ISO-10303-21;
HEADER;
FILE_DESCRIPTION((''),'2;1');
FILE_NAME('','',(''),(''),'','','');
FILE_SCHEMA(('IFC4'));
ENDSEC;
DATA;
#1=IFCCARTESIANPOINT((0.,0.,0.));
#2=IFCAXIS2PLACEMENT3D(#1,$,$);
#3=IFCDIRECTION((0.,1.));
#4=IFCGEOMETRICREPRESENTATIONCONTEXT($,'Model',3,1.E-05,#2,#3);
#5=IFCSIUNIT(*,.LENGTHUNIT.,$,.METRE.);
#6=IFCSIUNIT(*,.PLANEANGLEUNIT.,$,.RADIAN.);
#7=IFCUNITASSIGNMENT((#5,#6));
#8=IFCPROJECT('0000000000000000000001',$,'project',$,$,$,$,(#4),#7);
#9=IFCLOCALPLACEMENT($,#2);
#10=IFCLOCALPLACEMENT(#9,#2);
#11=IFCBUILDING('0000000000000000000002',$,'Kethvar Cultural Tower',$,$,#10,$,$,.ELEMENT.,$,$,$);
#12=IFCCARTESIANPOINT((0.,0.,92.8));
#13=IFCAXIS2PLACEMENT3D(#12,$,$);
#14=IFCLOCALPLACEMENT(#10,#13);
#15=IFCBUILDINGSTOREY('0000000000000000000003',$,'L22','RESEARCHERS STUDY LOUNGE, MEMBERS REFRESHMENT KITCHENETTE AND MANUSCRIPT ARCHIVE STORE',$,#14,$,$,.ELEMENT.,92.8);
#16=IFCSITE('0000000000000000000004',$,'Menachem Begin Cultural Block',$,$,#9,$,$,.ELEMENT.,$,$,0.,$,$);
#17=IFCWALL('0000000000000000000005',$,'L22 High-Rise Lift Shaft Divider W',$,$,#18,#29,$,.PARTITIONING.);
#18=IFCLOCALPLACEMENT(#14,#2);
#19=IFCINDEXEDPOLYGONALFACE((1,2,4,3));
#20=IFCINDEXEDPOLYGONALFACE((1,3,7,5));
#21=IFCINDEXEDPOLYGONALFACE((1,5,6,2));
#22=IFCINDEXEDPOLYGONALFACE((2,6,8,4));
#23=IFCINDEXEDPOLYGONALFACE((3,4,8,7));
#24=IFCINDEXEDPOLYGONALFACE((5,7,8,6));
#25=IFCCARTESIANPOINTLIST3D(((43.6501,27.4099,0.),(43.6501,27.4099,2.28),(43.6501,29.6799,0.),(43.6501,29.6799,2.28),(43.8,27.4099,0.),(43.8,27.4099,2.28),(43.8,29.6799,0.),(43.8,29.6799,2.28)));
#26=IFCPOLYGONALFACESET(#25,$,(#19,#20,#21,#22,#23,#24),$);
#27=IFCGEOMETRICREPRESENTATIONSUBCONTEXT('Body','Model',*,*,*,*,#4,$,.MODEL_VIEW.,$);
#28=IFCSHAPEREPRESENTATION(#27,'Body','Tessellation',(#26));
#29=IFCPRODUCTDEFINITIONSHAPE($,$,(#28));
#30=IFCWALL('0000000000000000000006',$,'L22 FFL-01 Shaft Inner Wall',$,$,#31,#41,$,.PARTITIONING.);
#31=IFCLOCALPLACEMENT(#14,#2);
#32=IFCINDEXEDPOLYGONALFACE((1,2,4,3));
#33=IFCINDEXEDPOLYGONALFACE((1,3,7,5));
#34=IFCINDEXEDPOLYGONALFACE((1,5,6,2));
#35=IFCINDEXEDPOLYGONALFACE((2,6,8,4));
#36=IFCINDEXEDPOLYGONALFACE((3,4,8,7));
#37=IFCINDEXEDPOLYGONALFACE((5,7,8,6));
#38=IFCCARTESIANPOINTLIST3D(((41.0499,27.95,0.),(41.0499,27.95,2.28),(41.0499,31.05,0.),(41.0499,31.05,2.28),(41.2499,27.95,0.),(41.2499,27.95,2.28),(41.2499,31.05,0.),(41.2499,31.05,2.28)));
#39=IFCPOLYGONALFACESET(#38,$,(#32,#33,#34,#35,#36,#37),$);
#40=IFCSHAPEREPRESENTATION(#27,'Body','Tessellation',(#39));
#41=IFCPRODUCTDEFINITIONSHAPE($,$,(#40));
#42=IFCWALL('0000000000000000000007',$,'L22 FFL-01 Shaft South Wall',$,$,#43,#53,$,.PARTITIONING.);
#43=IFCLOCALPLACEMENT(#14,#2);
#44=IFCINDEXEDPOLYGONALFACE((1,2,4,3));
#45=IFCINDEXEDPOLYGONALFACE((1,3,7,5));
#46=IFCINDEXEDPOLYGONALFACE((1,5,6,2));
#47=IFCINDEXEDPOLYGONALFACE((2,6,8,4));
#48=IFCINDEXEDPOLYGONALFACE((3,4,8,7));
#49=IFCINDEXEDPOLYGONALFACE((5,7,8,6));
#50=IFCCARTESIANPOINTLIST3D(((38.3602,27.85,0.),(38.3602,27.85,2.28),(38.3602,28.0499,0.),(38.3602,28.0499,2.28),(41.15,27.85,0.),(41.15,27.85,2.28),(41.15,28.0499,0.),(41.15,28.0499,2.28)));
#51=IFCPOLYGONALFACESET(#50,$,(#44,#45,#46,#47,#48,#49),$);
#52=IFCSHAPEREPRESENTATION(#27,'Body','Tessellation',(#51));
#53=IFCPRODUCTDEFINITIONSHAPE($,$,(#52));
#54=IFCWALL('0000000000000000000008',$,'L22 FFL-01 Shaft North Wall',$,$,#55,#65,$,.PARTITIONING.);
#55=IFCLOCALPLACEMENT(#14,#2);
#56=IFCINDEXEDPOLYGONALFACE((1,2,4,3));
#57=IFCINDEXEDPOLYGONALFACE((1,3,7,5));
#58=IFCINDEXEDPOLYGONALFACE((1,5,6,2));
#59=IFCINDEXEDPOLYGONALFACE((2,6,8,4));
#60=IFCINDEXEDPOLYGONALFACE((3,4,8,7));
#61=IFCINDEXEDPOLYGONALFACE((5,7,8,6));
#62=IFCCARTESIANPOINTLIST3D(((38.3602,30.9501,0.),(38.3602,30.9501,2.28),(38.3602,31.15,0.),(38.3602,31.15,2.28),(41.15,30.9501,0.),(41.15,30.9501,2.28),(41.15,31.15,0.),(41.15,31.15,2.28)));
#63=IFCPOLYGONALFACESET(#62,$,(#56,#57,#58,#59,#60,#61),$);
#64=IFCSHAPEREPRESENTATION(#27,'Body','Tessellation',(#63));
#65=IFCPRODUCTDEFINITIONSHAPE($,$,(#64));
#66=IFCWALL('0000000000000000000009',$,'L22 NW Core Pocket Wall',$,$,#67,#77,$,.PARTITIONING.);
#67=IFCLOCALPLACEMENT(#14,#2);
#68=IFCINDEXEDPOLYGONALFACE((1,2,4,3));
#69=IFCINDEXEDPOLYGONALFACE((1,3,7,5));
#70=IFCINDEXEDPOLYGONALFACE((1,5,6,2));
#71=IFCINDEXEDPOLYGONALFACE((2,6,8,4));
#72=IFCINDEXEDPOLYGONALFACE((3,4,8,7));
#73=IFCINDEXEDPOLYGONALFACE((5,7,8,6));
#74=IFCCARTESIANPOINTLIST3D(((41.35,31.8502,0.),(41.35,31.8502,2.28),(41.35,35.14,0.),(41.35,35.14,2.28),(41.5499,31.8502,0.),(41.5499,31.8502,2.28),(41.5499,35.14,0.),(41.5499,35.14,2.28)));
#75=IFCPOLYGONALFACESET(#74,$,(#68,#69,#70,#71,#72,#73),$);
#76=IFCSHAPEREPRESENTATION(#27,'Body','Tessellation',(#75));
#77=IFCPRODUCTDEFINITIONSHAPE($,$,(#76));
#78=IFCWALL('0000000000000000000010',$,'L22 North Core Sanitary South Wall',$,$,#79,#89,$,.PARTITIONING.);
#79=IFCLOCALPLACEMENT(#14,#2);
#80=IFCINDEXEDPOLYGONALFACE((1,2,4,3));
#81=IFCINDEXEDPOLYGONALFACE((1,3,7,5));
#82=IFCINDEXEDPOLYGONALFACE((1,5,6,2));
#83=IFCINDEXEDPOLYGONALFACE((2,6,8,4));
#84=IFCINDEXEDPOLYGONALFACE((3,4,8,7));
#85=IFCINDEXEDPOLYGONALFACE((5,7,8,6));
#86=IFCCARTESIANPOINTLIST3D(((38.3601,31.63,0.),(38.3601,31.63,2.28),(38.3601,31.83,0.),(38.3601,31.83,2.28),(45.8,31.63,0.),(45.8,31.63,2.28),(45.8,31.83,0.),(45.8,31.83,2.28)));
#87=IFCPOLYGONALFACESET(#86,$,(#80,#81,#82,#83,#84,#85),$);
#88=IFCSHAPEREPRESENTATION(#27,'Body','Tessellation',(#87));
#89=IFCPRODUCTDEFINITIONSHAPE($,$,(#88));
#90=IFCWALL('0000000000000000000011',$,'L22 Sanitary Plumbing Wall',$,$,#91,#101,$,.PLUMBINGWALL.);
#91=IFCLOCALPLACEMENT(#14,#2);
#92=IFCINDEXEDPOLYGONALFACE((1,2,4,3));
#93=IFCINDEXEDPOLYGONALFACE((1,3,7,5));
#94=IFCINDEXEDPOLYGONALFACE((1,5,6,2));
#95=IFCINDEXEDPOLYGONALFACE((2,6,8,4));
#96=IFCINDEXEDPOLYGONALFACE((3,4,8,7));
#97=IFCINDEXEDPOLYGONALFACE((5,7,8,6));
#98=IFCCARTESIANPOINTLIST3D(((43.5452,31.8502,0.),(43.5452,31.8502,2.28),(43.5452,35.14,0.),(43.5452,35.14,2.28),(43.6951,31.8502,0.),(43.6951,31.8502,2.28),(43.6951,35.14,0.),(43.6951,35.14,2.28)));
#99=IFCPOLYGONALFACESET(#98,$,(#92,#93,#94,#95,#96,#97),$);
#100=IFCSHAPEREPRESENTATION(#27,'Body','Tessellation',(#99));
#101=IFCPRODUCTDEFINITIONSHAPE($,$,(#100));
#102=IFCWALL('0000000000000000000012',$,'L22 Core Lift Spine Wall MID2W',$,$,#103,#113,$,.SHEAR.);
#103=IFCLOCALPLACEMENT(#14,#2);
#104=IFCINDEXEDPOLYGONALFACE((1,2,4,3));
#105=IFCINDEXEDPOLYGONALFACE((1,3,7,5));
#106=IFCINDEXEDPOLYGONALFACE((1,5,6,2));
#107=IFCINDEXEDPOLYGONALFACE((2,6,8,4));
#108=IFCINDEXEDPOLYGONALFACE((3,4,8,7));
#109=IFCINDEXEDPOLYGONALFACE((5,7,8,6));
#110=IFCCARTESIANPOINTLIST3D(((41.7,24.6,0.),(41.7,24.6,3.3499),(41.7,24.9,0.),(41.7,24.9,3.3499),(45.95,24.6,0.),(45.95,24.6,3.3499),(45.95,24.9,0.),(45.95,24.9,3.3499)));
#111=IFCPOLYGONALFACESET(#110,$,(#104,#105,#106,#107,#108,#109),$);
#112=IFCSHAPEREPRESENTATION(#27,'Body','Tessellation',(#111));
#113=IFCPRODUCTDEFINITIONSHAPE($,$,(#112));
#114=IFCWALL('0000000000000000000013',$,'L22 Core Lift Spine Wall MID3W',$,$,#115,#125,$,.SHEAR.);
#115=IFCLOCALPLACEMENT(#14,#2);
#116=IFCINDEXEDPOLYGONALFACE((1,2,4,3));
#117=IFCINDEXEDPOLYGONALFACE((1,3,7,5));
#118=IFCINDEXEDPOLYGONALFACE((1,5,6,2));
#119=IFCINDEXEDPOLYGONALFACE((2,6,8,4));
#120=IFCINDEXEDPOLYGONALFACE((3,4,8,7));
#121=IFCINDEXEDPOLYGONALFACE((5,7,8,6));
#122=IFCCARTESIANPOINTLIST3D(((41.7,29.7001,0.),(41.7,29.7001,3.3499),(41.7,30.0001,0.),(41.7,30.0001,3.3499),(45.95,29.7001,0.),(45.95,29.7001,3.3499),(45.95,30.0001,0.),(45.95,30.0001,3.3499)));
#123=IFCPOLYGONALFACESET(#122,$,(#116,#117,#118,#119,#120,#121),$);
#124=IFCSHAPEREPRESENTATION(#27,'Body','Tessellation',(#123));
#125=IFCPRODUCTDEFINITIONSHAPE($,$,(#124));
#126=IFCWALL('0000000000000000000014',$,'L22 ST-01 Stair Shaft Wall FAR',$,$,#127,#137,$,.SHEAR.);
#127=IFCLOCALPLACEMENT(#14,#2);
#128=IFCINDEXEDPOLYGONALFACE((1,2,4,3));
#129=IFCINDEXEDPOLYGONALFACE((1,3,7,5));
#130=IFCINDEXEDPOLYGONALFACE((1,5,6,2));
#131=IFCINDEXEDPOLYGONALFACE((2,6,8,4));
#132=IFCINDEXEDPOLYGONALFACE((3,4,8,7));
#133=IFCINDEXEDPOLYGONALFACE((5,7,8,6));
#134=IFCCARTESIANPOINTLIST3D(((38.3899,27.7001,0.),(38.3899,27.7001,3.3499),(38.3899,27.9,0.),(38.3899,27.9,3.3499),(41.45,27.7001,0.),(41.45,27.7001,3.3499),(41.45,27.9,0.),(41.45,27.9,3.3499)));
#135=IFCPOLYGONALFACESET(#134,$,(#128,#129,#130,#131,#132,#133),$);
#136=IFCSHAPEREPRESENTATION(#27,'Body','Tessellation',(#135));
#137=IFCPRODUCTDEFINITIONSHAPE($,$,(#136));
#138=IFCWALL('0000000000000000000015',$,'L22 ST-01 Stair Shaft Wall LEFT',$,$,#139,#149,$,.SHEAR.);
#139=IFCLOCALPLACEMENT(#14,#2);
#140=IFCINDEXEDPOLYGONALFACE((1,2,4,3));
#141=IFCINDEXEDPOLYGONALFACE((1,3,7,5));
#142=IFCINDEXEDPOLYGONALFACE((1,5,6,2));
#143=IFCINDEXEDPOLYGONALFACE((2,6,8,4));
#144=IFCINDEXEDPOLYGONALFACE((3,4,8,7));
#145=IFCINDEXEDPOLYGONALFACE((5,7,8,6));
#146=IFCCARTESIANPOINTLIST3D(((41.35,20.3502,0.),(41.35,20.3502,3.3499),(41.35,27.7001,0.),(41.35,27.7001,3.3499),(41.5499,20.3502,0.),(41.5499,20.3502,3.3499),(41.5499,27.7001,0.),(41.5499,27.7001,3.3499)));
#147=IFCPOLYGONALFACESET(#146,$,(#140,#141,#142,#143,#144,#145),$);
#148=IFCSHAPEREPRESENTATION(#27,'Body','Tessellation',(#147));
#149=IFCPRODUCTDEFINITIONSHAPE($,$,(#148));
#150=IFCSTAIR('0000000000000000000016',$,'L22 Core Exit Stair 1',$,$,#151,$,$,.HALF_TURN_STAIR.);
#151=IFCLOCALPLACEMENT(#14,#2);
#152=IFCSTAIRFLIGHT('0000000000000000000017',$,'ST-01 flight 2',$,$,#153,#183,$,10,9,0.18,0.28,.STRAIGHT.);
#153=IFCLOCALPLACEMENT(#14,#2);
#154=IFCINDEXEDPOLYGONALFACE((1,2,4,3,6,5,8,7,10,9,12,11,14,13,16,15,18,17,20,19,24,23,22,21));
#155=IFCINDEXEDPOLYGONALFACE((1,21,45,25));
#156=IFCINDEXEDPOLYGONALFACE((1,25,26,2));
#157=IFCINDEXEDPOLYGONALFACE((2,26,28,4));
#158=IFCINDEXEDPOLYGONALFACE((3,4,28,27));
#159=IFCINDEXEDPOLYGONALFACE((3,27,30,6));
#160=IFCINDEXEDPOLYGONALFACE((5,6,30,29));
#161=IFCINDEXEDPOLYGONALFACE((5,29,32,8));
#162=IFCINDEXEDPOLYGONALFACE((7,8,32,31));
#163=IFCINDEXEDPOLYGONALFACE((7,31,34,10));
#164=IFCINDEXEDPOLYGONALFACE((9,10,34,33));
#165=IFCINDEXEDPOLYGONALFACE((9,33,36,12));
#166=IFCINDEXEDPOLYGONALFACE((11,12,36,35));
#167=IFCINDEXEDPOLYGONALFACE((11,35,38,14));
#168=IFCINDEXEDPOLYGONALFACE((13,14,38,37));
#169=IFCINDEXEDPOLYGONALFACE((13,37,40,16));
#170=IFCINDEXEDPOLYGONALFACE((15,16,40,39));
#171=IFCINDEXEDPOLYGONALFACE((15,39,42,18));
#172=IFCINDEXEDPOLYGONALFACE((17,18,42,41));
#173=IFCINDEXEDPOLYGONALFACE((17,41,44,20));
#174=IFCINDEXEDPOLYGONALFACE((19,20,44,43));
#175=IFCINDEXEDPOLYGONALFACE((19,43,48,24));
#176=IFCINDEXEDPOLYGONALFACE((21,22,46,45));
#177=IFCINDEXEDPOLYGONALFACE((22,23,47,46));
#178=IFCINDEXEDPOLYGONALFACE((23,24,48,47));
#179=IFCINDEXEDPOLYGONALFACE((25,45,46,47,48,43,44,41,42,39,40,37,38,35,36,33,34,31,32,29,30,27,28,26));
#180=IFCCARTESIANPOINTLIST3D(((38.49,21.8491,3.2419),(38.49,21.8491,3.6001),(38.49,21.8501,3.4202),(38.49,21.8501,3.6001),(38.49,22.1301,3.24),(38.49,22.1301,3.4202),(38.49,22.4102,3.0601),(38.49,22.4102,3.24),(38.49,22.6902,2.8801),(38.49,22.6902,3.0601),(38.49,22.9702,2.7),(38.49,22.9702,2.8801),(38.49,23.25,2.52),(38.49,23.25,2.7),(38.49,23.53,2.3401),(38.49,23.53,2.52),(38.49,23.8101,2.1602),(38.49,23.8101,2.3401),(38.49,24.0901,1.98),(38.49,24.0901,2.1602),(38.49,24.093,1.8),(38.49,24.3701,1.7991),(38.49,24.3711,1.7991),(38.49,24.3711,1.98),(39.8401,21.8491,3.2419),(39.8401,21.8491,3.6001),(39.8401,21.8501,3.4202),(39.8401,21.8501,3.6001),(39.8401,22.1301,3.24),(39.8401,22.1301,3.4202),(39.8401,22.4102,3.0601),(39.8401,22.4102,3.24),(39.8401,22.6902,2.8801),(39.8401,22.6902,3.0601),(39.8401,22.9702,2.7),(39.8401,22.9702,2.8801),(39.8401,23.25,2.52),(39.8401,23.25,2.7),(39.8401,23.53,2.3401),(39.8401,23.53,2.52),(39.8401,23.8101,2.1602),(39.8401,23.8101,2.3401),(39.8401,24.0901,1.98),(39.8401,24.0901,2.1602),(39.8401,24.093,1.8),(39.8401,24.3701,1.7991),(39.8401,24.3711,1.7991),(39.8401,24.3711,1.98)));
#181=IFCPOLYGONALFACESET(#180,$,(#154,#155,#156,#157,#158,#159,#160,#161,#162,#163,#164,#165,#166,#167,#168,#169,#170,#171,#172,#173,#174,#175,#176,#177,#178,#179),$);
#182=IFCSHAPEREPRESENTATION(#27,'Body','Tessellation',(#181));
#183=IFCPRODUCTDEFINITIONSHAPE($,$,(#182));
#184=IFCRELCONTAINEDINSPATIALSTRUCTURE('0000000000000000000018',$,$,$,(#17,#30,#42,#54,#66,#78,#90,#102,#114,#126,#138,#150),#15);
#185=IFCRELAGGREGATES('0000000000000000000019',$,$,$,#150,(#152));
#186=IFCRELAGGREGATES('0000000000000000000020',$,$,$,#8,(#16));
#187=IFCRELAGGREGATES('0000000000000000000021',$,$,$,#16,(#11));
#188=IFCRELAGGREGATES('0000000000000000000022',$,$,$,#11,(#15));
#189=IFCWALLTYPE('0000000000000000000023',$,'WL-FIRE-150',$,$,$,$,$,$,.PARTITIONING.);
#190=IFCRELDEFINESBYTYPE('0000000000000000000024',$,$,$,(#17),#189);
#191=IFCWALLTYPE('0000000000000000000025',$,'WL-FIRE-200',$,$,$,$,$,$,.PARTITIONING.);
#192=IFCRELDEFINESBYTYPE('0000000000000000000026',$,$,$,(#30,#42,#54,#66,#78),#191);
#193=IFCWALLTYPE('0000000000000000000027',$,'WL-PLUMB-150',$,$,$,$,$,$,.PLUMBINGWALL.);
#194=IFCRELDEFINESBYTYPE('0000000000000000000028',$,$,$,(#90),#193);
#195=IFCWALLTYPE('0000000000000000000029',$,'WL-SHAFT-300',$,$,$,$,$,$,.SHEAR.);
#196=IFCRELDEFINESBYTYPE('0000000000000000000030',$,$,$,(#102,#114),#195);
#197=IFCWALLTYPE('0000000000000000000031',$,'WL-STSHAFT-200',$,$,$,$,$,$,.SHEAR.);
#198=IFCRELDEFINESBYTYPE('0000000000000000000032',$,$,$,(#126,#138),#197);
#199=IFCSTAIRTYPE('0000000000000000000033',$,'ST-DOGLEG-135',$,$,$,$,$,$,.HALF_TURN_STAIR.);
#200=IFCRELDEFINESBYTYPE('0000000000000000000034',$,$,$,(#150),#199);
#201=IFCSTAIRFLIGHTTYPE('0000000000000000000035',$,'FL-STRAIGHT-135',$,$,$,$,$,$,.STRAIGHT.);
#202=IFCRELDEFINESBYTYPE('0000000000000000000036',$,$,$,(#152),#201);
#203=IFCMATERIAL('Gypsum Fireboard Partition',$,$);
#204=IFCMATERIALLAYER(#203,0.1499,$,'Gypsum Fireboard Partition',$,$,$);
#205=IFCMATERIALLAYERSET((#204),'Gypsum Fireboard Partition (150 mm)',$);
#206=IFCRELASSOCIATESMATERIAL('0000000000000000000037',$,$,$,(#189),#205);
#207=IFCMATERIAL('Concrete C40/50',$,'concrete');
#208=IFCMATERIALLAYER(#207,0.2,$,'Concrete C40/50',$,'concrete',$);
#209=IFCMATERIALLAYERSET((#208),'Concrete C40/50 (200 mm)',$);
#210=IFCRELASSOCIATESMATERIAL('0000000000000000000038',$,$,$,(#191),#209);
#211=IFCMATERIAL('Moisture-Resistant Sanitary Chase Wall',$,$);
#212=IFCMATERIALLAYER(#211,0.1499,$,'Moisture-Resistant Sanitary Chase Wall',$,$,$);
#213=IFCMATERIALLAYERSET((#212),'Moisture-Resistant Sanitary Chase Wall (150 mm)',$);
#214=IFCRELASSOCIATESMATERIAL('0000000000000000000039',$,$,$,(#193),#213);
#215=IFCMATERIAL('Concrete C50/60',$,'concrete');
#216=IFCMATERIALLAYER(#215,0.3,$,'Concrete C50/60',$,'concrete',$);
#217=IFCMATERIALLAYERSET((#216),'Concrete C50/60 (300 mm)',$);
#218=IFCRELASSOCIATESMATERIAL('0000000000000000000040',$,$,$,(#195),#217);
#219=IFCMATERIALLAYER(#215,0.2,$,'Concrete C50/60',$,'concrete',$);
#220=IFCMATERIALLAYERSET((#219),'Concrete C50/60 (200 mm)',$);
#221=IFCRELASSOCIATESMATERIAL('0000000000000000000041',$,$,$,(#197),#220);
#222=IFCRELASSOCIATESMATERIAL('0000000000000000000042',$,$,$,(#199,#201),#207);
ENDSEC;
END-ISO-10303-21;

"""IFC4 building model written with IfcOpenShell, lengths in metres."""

from ifc_helpers import new_model, si_unit, direction, frame, frame_2d, origin, place, context, subcontext, project, spatial, polyline, rectangle, outline, extrude, material, layer, layer_set, type_object, element, aggregate, save


model = new_model("IFC4")

# Units and contexts
model_context = context("Model", 3, precision=1e-05, world=origin(), true_north=direction((0.0, 1.0)))
body_context = subcontext(model_context, "Body", "Model", "MODEL_VIEW")
ifc_project = project(units=[si_unit("LENGTHUNIT", "METRE"), si_unit("PLANEANGLEUNIT", "RADIAN")], contexts=[model_context])

# Site, building, storey
site_placement = place(None, origin())
site = spatial("IfcSite", under=ifc_project, at=site_placement, Name="Menachem Begin Cultural Block", CompositionType="ELEMENT", RefElevation=0.0)
building_placement = place(site_placement, origin())
building = spatial("IfcBuilding", under=site, at=building_placement, Name="Kethvar Cultural Tower", CompositionType="ELEMENT")
storey_placement = place(building_placement, frame((0.0, 0.0, 92.8)))
storey = spatial("IfcBuildingStorey", under=building, at=storey_placement, Name="L22", Description="RESEARCHERS STUDY LOUNGE, MEMBERS REFRESHMENT KITCHENETTE AND MANUSCRIPT ARCHIVE STORE", CompositionType="ELEMENT", Elevation=92.8)

# Walls
ifc_material_1 = material(Name="Gypsum Fireboard Partition")
ifc_layer_1 = layer(ifc_material_1, 0.1499, Name="Gypsum Fireboard Partition")
ifc_layer_set_1 = layer_set([ifc_layer_1], Name="Gypsum Fireboard Partition (150 mm)")
wall_type_1 = type_object("IfcWallType", Name="WL-FIRE-150", PredefinedType="PARTITIONING", material=ifc_layer_set_1)
for number, where, z_axis, x_axis, name in (
    (1, (43.7251, 27.4099, 0.0), (0.0, 0.0, 1.0), (0.0, 1.0, 0.0), "L22 High-Rise Lift Shaft Divider W"),
):
    element("IfcWall", number, at=place(storey_placement, frame(where, z_axis=z_axis, x_axis=x_axis)), inside=storey, type_object=wall_type_1, Name=name, PredefinedType="PARTITIONING", context=body_context, shape_type="SweptSolid", body=[
        extrude(rectangle(XDim=2.27, YDim=0.1499, at=frame_2d((1.135, 0.0))), origin(), (0.0, 0.0, 1.0), 2.28),
    ])
ifc_material_2 = material(Name="Concrete C40/50", Category="concrete")
ifc_layer_2 = layer(ifc_material_2, 0.2, Name="Concrete C40/50", Category="concrete")
ifc_layer_set_2 = layer_set([ifc_layer_2], Name="Concrete C40/50 (200 mm)")
wall_type_2 = type_object("IfcWallType", Name="WL-FIRE-200", PredefinedType="PARTITIONING", material=ifc_layer_set_2)
wall_1_placement = place(storey_placement, frame((41.1499, 27.95, 0.0), z_axis=(0.0, 0.0, 1.0), x_axis=(0.0, 1.0, 0.0)))
element("IfcWall", 2, at=wall_1_placement, inside=storey, type_object=wall_type_2, Name="L22 FFL-01 Shaft Inner Wall", PredefinedType="PARTITIONING", context=body_context, shape_type="SweptSolid", body=[
    extrude(rectangle(XDim=3.1001, YDim=0.2, at=frame_2d((1.55, 0.0))), origin(), (0.0, 0.0, 1.0), 2.28),
])
for number, where, z_axis, x_axis, name in (
    (3, (38.3601, 27.95, 0.0), (0.0, 0.0, 1.0), (1.0, 0.0, 0.0), "L22 FFL-01 Shaft South Wall"),
    (4, (38.3601, 31.05, 0.0), (0.0, 0.0, 1.0), (1.0, 0.0, 0.0), "L22 FFL-01 Shaft North Wall"),
):
    element("IfcWall", number, at=place(storey_placement, frame(where, z_axis=z_axis, x_axis=x_axis)), inside=storey, type_object=wall_type_2, Name=name, PredefinedType="PARTITIONING", context=body_context, shape_type="SweptSolid", body=[
        extrude(rectangle(XDim=2.7898, YDim=0.2, at=frame_2d((1.395, 0.0))), origin(), (0.0, 0.0, 1.0), 2.28),
    ])
wall_2_placement = place(storey_placement, frame((41.45, 31.8501, 0.0), z_axis=(0.0, 0.0, 1.0), x_axis=(0.0, 1.0, 0.0)))
element("IfcWall", 5, at=wall_2_placement, inside=storey, type_object=wall_type_2, Name="L22 NW Core Pocket Wall", PredefinedType="PARTITIONING", context=body_context, shape_type="SweptSolid", body=[
    extrude(rectangle(XDim=3.2898, YDim=0.2, at=frame_2d((1.645, 0.0))), origin(), (0.0, 0.0, 1.0), 2.28),
])
wall_3_placement = place(storey_placement, frame((38.3601, 31.73, 0.0), z_axis=(0.0, 0.0, 1.0), x_axis=(1.0, 0.0, 0.0)))
element("IfcWall", 6, at=wall_3_placement, inside=storey, type_object=wall_type_2, Name="L22 North Core Sanitary South Wall", PredefinedType="PARTITIONING", context=body_context, shape_type="SweptSolid", body=[
    extrude(rectangle(XDim=7.4399, YDim=0.2, at=frame_2d((3.72, 0.0))), origin(), (0.0, 0.0, 1.0), 2.28),
])
ifc_material_3 = material(Name="Moisture-Resistant Sanitary Chase Wall")
ifc_layer_3 = layer(ifc_material_3, 0.1499, Name="Moisture-Resistant Sanitary Chase Wall")
ifc_layer_set_3 = layer_set([ifc_layer_3], Name="Moisture-Resistant Sanitary Chase Wall (150 mm)")
wall_type_3 = type_object("IfcWallType", Name="WL-PLUMB-150", PredefinedType="PLUMBINGWALL", material=ifc_layer_set_3)
wall_4_placement = place(storey_placement, frame((43.6201, 31.8501, 0.0), z_axis=(0.0, 0.0, 1.0), x_axis=(0.0, 1.0, 0.0)))
element("IfcWall", 7, at=wall_4_placement, inside=storey, type_object=wall_type_3, Name="L22 Sanitary Plumbing Wall", PredefinedType="PLUMBINGWALL", context=body_context, shape_type="SweptSolid", body=[
    extrude(rectangle(XDim=3.2898, YDim=0.1499, at=frame_2d((1.645, 0.0))), origin(), (0.0, 0.0, 1.0), 2.28),
])
ifc_material_4 = material(Name="Concrete C50/60", Category="concrete")
ifc_layer_4 = layer(ifc_material_4, 0.3, Name="Concrete C50/60", Category="concrete")
ifc_layer_set_4 = layer_set([ifc_layer_4], Name="Concrete C50/60 (300 mm)")
wall_type_4 = type_object("IfcWallType", Name="WL-SHAFT-300", PredefinedType="SHEAR", material=ifc_layer_set_4)
for number, where, z_axis, x_axis, name in (
    (8, (41.7, 24.75, 0.0), (0.0, 0.0, 1.0), (1.0, 0.0, 0.0), "L22 Core Lift Spine Wall MID2W"),
    (9, (41.7, 29.8501, 0.0), (0.0, 0.0, 1.0), (1.0, 0.0, 0.0), "L22 Core Lift Spine Wall MID3W"),
):
    element("IfcWall", number, at=place(storey_placement, frame(where, z_axis=z_axis, x_axis=x_axis)), inside=storey, type_object=wall_type_4, Name=name, PredefinedType="SHEAR", context=body_context, shape_type="SweptSolid", body=[
        extrude(rectangle(XDim=4.25, YDim=0.3, at=frame_2d((2.125, 0.0))), origin(), (0.0, 0.0, 1.0), 3.3499),
    ])
ifc_layer_5 = layer(ifc_material_4, 0.2, Name="Concrete C50/60", Category="concrete")
ifc_layer_set_5 = layer_set([ifc_layer_5], Name="Concrete C50/60 (200 mm)")
wall_type_5 = type_object("IfcWallType", Name="WL-STSHAFT-200", PredefinedType="SHEAR", material=ifc_layer_set_5)
wall_5_placement = place(storey_placement, frame((38.3899, 27.8, 0.0), z_axis=(0.0, 0.0, 1.0), x_axis=(1.0, 0.0, 0.0)))
element("IfcWall", 10, at=wall_5_placement, inside=storey, type_object=wall_type_5, Name="L22 ST-01 Stair Shaft Wall FAR", PredefinedType="SHEAR", context=body_context, shape_type="SweptSolid", body=[
    extrude(rectangle(XDim=3.0601, YDim=0.2, at=frame_2d((1.53, 0.0))), origin(), (0.0, 0.0, 1.0), 3.3499),
])
wall_6_placement = place(storey_placement, frame((41.45, 27.7, 0.0), z_axis=(0.0, 0.0, 1.0), x_axis=(0.0, -1.0, 0.0)))
element("IfcWall", 11, at=wall_6_placement, inside=storey, type_object=wall_type_5, Name="L22 ST-01 Stair Shaft Wall LEFT", PredefinedType="SHEAR", context=body_context, shape_type="SweptSolid", body=[
    extrude(rectangle(XDim=7.3499, YDim=0.2, at=frame_2d((3.6748, 0.0))), origin(), (0.0, 0.0, 1.0), 3.3499),
])

# Stair, stair flight
stair_type = type_object("IfcStairType", Name="ST-DOGLEG-135", PredefinedType="HALF_TURN_STAIR", material=ifc_material_2)
stair_placement = place(storey_placement, origin())
stair = element("IfcStair", 12, at=stair_placement, inside=storey, type_object=stair_type, Name="L22 Core Exit Stair 1", PredefinedType="HALF_TURN_STAIR")
stair_flight_type = type_object("IfcStairFlightType", Name="FL-STRAIGHT-135", PredefinedType="STRAIGHT", material=ifc_material_2)
stair_flight_placement = place(storey_placement, frame((39.165, 24.3701, 1.8), z_axis=(0.0, 0.0, 1.0), x_axis=(0.0, -1.0, 0.0)))
stair_flight = element("IfcStairFlight", 13, at=stair_flight_placement, type_object=stair_flight_type, Name="ST-01 flight 2", NumberOfRisers=10, NumberOfTreads=9, PredefinedType="STRAIGHT", RiserHeight=0.18, TreadLength=0.28, context=body_context, shape_type="SweptSolid", body=[
    extrude(outline(polyline([(-0.001, -0.001), (-0.001, 0.1799), (0.28, 0.1799), (0.28, 0.3601), (0.5601, 0.3601), (0.5601, 0.54), (0.8401, 0.54), (0.8401, 0.72), (1.1201, 0.72), (1.1201, 0.8999), (1.3999, 0.8999), (1.3999, 1.0801), (1.6799, 1.0801), (1.6799, 1.26), (1.96, 1.26), (1.96, 1.4399), (2.24, 1.4399), (2.24, 1.6201), (2.52, 1.6201), (2.52, 1.8), (2.521, 1.8), (2.521, 1.4419), (0.2771, 0.0), (0.0, -0.001), (-0.001, -0.001)])), frame((0.0, 0.675, 0.0), z_axis=(0.0, -1.0, 0.0), x_axis=(1.0, 0.0, 0.0)), (0.0, 0.0, 1.0), 1.3501),
])
aggregate(stair, [stair_flight])

save(model, "model.ifc")
